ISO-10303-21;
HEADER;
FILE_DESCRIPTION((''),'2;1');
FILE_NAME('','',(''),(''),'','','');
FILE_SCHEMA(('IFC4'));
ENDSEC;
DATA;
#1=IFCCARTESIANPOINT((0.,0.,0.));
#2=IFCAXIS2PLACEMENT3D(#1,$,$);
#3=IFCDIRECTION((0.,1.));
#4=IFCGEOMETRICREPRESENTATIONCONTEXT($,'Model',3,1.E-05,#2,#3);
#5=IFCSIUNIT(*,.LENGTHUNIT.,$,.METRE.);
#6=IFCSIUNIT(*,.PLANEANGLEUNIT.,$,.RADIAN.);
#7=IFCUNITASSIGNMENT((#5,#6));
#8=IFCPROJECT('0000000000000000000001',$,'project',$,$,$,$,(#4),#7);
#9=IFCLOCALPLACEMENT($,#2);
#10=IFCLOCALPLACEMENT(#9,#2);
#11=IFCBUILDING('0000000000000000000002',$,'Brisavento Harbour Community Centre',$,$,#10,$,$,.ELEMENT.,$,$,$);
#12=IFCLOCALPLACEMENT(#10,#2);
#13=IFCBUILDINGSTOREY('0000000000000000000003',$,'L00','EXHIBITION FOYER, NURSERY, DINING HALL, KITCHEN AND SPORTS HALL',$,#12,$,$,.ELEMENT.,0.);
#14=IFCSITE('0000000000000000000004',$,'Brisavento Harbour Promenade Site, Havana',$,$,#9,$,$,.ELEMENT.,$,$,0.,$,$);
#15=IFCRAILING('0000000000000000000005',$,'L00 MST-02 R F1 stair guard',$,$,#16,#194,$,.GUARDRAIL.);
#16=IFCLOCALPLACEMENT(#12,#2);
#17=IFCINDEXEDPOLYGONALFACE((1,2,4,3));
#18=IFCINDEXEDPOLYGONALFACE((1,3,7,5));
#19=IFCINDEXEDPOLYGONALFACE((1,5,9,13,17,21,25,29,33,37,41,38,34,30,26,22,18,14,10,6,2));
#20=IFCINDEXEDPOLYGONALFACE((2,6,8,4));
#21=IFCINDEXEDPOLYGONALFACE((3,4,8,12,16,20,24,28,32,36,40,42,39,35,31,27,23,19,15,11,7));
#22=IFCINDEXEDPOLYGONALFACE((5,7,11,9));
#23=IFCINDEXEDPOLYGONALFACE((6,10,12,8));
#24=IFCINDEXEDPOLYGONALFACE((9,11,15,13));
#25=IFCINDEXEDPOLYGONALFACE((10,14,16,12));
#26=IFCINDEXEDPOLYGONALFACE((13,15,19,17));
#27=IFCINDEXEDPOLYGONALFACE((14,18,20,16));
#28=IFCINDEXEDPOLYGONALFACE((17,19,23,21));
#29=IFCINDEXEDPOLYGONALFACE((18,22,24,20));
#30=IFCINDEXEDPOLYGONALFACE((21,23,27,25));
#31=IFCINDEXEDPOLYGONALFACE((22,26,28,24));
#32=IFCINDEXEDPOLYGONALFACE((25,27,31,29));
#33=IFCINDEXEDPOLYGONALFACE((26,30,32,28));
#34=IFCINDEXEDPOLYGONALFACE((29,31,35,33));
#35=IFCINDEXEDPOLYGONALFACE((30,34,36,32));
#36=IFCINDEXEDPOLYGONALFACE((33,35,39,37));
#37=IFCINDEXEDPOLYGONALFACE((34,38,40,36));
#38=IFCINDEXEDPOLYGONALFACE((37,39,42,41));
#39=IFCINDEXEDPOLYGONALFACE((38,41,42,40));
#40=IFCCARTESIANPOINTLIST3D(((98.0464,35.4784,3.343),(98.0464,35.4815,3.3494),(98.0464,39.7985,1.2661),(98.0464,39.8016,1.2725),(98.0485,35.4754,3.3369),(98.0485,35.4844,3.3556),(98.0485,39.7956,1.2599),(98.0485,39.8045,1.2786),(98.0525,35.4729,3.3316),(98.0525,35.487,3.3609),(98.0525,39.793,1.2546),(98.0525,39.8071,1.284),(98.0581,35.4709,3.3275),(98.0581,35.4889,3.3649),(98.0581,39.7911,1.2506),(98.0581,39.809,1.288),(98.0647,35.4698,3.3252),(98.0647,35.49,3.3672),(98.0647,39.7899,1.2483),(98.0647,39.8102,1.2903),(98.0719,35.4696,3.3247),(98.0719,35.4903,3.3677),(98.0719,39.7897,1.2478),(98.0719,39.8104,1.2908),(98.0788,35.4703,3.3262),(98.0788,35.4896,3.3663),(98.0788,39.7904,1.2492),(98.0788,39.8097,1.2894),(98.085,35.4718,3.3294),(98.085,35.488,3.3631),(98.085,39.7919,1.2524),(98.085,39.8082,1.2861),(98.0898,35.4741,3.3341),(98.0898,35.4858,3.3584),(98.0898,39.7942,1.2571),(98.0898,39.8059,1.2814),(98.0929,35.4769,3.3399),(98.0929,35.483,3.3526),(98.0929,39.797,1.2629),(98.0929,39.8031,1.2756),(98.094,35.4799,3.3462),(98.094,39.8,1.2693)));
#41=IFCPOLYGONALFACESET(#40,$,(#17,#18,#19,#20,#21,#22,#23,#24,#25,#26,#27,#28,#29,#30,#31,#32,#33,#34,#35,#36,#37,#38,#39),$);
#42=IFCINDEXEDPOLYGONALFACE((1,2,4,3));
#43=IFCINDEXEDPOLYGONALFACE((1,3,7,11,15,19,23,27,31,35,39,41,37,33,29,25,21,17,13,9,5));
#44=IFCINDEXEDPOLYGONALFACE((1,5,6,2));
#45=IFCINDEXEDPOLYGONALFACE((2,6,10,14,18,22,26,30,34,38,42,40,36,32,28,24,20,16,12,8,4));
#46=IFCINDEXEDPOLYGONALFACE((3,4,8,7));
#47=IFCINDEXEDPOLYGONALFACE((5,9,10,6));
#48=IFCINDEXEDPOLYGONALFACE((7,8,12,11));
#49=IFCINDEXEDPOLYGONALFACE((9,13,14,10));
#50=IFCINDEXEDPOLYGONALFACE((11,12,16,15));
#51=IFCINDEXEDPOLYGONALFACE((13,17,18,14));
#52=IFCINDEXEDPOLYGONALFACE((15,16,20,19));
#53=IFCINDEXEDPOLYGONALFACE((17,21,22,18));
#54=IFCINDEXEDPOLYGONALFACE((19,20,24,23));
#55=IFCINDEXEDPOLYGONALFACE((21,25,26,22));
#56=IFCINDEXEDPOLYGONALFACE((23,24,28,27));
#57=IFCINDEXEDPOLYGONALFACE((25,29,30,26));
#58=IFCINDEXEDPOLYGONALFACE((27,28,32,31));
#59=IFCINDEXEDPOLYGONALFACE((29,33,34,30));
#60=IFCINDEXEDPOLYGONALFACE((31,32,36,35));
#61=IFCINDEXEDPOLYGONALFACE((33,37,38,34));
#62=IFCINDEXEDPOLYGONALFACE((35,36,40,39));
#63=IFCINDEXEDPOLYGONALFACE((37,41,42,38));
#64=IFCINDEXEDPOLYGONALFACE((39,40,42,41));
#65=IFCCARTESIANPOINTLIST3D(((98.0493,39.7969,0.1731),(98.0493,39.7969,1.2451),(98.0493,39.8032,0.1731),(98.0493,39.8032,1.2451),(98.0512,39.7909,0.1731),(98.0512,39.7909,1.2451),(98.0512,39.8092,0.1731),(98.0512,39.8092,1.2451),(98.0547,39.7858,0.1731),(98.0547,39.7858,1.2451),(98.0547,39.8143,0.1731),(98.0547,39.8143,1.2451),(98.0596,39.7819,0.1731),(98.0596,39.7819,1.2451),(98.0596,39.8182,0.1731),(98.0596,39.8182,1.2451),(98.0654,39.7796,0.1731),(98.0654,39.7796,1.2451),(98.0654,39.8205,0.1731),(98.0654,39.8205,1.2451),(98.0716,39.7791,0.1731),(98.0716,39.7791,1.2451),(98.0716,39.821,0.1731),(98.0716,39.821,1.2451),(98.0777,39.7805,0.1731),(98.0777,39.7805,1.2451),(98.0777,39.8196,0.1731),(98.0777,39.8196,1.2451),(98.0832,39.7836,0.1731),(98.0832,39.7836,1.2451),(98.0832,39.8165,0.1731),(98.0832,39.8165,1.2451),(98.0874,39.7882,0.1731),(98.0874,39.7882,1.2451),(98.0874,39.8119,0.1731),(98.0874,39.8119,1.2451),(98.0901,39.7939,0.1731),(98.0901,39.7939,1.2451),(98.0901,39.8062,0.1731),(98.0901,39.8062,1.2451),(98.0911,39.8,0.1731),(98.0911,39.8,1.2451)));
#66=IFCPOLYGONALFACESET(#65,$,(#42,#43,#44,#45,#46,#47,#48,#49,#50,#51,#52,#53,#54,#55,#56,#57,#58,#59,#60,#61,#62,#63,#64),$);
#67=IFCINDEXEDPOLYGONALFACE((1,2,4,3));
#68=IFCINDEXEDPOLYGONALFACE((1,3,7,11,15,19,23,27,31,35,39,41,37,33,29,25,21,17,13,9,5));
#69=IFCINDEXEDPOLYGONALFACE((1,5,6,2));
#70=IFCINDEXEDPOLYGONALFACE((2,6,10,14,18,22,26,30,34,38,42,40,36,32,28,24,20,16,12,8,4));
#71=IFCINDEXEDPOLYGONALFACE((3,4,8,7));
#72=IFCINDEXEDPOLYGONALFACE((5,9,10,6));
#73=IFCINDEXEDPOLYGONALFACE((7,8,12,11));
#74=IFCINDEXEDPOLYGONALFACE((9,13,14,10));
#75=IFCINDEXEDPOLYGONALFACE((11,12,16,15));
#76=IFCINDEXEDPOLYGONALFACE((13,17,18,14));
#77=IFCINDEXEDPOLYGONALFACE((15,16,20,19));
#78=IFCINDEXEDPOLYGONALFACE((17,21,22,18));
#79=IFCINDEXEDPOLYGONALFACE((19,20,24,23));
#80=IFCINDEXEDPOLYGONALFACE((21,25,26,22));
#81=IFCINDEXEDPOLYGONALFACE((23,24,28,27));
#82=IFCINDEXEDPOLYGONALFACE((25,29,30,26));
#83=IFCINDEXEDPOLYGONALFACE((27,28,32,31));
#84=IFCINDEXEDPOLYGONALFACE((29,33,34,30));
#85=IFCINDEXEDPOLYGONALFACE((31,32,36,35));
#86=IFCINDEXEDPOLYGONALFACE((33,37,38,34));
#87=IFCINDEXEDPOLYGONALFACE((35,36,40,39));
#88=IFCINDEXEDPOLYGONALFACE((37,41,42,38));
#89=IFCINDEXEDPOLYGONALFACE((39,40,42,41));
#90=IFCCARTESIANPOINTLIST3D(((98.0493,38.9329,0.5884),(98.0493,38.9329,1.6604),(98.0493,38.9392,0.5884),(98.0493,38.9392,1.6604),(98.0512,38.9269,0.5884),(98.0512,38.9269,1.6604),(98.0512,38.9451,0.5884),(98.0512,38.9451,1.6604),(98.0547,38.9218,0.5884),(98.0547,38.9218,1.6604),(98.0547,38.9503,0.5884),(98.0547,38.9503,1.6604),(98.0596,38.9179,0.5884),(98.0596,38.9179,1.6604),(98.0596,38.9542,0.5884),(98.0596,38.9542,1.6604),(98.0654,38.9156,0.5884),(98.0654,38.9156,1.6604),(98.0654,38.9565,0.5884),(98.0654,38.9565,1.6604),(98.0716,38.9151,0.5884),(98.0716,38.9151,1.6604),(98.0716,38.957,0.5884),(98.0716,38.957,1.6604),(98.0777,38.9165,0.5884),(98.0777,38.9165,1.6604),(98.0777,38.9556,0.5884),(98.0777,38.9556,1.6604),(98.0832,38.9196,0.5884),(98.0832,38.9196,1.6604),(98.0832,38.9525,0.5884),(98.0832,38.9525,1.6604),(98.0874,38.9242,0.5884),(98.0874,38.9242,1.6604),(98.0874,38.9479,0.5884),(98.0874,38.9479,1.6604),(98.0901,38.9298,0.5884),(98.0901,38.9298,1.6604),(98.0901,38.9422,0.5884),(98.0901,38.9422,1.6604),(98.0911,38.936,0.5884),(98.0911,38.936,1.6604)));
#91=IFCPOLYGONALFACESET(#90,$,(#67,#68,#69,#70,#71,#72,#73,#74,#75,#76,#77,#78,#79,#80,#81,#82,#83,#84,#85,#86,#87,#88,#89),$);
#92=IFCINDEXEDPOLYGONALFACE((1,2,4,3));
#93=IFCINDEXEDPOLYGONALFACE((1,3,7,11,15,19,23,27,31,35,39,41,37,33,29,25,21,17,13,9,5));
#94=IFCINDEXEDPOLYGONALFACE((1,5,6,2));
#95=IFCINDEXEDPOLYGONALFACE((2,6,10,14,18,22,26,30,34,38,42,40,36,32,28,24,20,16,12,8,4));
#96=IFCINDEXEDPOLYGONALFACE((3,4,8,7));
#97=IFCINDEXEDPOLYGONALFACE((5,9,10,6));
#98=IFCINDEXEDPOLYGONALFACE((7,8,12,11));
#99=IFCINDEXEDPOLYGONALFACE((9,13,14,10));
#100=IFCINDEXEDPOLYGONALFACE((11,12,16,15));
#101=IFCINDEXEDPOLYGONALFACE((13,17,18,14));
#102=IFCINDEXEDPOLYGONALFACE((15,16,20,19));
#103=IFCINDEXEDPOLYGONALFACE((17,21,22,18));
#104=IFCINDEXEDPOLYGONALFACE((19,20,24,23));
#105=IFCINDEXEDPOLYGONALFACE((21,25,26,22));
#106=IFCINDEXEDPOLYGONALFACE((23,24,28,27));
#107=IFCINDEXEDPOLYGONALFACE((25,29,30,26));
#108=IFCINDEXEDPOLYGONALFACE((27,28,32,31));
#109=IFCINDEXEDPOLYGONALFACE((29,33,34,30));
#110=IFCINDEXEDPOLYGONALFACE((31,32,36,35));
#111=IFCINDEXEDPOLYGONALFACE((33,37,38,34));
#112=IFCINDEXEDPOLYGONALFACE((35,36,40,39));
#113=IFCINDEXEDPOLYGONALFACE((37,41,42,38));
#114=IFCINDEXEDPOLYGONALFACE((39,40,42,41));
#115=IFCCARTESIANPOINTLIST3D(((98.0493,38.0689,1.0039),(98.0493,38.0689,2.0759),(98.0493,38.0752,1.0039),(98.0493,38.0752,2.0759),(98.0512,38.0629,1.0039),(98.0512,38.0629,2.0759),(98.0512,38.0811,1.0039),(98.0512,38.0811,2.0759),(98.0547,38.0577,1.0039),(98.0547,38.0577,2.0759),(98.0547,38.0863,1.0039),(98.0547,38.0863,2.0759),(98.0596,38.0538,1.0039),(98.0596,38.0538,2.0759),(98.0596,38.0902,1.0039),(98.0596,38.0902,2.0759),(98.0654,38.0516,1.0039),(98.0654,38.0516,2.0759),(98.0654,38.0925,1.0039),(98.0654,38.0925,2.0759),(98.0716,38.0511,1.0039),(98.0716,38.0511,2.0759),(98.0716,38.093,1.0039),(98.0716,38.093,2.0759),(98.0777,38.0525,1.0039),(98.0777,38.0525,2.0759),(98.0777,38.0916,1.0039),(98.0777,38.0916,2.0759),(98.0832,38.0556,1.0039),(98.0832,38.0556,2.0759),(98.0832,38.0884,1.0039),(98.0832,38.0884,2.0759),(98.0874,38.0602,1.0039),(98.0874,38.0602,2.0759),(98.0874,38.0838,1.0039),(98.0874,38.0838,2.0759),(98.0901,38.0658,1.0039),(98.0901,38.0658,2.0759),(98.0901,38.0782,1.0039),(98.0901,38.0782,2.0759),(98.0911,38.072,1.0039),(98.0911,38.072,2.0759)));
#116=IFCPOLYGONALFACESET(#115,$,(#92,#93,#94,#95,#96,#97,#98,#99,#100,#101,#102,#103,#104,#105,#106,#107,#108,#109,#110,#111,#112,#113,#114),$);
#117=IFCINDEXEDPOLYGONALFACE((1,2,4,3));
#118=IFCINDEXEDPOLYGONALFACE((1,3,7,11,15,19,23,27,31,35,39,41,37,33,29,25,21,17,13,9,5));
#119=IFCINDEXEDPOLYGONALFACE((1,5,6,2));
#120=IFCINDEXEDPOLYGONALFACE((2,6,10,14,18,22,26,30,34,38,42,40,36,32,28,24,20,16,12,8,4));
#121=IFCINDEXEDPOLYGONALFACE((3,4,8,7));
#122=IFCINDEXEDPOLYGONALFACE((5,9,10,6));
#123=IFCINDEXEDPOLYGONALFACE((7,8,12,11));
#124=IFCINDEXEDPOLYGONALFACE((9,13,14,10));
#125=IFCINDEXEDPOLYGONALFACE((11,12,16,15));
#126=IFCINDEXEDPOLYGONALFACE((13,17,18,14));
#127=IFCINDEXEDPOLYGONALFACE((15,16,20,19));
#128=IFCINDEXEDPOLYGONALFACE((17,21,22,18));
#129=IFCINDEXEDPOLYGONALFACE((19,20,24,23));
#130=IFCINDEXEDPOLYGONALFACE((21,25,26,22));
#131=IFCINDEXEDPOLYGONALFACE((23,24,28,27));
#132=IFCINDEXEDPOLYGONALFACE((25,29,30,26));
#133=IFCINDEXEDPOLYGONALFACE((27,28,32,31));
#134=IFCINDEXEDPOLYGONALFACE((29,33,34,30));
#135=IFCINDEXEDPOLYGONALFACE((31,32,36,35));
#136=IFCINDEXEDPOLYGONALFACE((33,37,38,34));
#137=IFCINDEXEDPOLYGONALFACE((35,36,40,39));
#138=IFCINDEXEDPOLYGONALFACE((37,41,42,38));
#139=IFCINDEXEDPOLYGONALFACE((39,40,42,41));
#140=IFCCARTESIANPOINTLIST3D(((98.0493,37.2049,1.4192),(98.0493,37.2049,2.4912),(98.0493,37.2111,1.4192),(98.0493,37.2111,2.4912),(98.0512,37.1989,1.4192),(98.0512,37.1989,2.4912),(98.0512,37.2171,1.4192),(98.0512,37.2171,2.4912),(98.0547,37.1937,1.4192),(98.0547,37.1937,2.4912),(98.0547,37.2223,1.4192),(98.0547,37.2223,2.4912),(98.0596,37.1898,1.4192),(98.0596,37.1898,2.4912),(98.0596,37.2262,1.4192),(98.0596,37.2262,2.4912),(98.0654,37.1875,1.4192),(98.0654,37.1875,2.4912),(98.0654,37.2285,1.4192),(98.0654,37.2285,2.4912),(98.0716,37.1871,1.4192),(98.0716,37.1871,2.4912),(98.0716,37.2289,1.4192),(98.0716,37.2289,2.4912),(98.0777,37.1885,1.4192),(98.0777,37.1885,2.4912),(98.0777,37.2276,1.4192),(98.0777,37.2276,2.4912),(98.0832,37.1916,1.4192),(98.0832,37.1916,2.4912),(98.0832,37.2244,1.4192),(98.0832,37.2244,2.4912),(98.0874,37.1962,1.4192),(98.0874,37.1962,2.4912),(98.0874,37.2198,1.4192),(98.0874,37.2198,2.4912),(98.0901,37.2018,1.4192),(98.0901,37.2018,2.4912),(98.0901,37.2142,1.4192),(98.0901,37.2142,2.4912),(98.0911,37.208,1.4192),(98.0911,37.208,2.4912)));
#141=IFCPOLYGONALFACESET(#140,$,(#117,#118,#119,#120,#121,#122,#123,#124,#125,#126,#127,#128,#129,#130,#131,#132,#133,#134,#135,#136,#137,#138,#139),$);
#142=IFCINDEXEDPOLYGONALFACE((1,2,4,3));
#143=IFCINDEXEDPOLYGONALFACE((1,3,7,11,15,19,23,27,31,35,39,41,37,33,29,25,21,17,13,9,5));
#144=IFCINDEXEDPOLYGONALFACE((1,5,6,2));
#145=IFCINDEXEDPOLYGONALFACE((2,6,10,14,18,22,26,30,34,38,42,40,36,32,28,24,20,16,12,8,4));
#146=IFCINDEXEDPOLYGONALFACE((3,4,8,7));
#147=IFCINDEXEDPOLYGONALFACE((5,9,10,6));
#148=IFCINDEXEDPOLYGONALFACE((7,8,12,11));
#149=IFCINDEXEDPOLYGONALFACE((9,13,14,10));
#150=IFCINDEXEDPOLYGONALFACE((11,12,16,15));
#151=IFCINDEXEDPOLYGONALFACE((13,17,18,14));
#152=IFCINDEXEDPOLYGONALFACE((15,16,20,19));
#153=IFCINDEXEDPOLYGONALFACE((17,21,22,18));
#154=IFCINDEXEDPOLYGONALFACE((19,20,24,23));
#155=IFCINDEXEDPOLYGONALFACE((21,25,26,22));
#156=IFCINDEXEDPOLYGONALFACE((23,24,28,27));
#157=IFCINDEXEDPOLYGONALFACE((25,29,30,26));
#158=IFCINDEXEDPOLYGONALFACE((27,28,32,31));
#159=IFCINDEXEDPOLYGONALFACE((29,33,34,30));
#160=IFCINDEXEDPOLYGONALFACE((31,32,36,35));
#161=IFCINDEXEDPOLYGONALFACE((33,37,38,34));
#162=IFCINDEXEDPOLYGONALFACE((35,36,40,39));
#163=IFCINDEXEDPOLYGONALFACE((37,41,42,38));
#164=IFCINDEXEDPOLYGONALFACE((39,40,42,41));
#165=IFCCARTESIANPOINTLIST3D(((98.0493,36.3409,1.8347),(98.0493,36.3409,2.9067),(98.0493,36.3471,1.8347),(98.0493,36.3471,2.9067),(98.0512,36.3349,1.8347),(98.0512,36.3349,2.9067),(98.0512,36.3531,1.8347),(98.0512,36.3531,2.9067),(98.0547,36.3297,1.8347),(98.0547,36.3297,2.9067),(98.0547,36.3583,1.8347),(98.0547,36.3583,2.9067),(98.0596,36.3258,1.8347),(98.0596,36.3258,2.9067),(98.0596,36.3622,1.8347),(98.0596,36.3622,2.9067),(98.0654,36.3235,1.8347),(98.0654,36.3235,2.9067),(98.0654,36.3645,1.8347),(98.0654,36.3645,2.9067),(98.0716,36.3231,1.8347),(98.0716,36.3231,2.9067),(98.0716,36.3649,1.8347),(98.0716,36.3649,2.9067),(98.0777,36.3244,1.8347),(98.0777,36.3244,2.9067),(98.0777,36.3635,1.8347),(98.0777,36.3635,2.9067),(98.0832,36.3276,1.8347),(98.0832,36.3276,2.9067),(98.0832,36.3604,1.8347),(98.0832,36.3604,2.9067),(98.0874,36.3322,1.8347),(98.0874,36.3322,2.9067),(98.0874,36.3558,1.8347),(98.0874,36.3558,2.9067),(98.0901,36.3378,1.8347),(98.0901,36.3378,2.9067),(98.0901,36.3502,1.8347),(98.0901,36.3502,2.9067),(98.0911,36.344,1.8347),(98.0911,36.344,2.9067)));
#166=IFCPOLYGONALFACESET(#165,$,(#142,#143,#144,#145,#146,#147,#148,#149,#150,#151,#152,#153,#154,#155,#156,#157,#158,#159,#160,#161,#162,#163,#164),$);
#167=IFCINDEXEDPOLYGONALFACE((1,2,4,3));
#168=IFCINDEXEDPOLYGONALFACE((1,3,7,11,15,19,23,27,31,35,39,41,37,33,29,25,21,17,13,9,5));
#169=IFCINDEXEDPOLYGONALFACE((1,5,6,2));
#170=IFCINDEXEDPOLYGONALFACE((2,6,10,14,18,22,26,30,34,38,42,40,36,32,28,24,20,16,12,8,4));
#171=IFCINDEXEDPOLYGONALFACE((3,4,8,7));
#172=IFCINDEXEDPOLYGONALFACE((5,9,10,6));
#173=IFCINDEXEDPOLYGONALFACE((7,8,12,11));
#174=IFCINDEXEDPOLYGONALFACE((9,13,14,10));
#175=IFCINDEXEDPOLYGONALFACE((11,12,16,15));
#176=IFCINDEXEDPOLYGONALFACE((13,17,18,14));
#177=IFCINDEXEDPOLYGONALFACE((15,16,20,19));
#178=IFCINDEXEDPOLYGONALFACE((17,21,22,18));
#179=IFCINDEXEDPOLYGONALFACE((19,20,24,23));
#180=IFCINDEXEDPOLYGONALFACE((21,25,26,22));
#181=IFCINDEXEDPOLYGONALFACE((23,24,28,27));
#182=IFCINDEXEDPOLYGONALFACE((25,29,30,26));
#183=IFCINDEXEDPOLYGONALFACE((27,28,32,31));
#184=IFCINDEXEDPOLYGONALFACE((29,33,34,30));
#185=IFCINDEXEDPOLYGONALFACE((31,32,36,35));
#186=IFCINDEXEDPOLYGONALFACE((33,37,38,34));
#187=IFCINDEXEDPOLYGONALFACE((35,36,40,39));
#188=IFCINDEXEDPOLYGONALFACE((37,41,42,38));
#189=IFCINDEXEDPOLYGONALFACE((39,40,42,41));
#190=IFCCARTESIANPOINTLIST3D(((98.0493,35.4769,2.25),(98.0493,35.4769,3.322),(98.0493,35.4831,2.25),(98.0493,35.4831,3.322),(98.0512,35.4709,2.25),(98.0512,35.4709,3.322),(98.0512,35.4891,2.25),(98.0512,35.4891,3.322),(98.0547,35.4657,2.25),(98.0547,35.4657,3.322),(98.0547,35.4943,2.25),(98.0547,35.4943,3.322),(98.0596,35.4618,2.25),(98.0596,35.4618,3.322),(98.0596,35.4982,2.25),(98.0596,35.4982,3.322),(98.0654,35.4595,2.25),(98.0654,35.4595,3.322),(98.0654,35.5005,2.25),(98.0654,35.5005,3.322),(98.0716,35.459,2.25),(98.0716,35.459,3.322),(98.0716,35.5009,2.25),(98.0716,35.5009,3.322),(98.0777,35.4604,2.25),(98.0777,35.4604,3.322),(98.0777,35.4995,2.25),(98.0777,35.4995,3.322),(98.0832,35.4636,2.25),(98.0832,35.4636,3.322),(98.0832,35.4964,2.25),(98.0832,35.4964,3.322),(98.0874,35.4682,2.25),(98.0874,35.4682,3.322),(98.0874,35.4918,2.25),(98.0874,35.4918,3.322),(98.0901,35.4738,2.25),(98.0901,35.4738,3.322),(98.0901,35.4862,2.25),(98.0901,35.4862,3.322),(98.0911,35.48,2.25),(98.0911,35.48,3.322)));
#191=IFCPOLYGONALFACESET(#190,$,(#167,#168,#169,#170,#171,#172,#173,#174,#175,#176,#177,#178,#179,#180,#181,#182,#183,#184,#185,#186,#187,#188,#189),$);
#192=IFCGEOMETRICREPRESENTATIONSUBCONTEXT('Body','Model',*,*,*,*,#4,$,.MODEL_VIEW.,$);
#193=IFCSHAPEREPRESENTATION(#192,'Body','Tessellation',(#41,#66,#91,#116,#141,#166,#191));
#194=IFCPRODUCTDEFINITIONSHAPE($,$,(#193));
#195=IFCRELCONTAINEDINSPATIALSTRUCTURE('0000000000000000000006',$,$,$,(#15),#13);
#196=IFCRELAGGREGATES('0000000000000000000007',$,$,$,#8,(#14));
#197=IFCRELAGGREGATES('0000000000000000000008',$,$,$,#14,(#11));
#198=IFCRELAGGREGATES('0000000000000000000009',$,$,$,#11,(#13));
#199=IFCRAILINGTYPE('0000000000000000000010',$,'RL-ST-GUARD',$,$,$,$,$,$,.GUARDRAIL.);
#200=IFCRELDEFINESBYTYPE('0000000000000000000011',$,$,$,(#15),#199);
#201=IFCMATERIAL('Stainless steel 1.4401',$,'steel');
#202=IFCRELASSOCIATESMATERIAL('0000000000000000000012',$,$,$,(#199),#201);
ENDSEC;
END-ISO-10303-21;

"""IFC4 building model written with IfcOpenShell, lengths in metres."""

from ifc_helpers import new_model, si_unit, direction, frame, origin, origin_2d, place, context, subcontext, project, spatial, circle, extrude, material, type_object, element, save


model = new_model("IFC4")

# Units and contexts
model_context = context("Model", 3, precision=1e-05, world=origin(), true_north=direction((0.0, 1.0)))
body_context = subcontext(model_context, "Body", "Model", "MODEL_VIEW")
ifc_project = project(units=[si_unit("LENGTHUNIT", "METRE"), si_unit("PLANEANGLEUNIT", "RADIAN")], contexts=[model_context])

# Site, building, storey
site_placement = place(None, origin())
site = spatial("IfcSite", under=ifc_project, at=site_placement, Name="Brisavento Harbour Promenade Site, Havana", CompositionType="ELEMENT", RefElevation=0.0)
building_placement = place(site_placement, origin())
building = spatial("IfcBuilding", under=site, at=building_placement, Name="Brisavento Harbour Community Centre", CompositionType="ELEMENT")
storey_placement = place(building_placement, origin())
storey = spatial("IfcBuildingStorey", under=building, at=storey_placement, Name="L00", Description="EXHIBITION FOYER, NURSERY, DINING HALL, KITCHEN AND SPORTS HALL", CompositionType="ELEMENT", Elevation=0.0)

# Railing
ifc_material_1 = material(Name="Stainless steel 1.4401", Category="steel")
railing_type = type_object("IfcRailingType", Name="RL-ST-GUARD", PredefinedType="GUARDRAIL", material=ifc_material_1)
railing_1_placement = place(storey_placement, frame((98.0701, 39.8, 0.1731)))
element("IfcRailing", 1, at=railing_1_placement, inside=storey, type_object=railing_type, Name="L00 MST-02 R F1 stair guard", PredefinedType="GUARDRAIL", context=body_context, shape_type="SweptSolid", body=[
    extrude(circle(Radius=0.0239, at=origin_2d()), frame((0.0, 0.0, 1.0962), z_axis=(0.0, -0.901257, 0.433286), x_axis=(1.0, 0.0, 0.0)), (0.0, 0.0, 1.0), 4.7935),
    extrude(circle(Radius=0.021, at=origin_2d()), origin(), (0.0, 0.0, 1.0), 1.072),
    extrude(circle(Radius=0.021, at=origin_2d()), frame((0.0, -0.864, 0.4153)), (0.0, 0.0, 1.0), 1.072),
    extrude(circle(Radius=0.021, at=origin_2d()), frame((0.0, -1.728, 0.8308)), (0.0, 0.0, 1.0), 1.072),
    extrude(circle(Radius=0.021, at=origin_2d()), frame((0.0, -2.592, 1.2461)), (0.0, 0.0, 1.0), 1.072),
    extrude(circle(Radius=0.021, at=origin_2d()), frame((0.0, -3.4561, 1.6616)), (0.0, 0.0, 1.0), 1.072),
    extrude(circle(Radius=0.021, at=origin_2d()), frame((0.0, -4.3201, 2.0769)), (0.0, 0.0, 1.0), 1.072),
])

save(model, "model.ifc")
